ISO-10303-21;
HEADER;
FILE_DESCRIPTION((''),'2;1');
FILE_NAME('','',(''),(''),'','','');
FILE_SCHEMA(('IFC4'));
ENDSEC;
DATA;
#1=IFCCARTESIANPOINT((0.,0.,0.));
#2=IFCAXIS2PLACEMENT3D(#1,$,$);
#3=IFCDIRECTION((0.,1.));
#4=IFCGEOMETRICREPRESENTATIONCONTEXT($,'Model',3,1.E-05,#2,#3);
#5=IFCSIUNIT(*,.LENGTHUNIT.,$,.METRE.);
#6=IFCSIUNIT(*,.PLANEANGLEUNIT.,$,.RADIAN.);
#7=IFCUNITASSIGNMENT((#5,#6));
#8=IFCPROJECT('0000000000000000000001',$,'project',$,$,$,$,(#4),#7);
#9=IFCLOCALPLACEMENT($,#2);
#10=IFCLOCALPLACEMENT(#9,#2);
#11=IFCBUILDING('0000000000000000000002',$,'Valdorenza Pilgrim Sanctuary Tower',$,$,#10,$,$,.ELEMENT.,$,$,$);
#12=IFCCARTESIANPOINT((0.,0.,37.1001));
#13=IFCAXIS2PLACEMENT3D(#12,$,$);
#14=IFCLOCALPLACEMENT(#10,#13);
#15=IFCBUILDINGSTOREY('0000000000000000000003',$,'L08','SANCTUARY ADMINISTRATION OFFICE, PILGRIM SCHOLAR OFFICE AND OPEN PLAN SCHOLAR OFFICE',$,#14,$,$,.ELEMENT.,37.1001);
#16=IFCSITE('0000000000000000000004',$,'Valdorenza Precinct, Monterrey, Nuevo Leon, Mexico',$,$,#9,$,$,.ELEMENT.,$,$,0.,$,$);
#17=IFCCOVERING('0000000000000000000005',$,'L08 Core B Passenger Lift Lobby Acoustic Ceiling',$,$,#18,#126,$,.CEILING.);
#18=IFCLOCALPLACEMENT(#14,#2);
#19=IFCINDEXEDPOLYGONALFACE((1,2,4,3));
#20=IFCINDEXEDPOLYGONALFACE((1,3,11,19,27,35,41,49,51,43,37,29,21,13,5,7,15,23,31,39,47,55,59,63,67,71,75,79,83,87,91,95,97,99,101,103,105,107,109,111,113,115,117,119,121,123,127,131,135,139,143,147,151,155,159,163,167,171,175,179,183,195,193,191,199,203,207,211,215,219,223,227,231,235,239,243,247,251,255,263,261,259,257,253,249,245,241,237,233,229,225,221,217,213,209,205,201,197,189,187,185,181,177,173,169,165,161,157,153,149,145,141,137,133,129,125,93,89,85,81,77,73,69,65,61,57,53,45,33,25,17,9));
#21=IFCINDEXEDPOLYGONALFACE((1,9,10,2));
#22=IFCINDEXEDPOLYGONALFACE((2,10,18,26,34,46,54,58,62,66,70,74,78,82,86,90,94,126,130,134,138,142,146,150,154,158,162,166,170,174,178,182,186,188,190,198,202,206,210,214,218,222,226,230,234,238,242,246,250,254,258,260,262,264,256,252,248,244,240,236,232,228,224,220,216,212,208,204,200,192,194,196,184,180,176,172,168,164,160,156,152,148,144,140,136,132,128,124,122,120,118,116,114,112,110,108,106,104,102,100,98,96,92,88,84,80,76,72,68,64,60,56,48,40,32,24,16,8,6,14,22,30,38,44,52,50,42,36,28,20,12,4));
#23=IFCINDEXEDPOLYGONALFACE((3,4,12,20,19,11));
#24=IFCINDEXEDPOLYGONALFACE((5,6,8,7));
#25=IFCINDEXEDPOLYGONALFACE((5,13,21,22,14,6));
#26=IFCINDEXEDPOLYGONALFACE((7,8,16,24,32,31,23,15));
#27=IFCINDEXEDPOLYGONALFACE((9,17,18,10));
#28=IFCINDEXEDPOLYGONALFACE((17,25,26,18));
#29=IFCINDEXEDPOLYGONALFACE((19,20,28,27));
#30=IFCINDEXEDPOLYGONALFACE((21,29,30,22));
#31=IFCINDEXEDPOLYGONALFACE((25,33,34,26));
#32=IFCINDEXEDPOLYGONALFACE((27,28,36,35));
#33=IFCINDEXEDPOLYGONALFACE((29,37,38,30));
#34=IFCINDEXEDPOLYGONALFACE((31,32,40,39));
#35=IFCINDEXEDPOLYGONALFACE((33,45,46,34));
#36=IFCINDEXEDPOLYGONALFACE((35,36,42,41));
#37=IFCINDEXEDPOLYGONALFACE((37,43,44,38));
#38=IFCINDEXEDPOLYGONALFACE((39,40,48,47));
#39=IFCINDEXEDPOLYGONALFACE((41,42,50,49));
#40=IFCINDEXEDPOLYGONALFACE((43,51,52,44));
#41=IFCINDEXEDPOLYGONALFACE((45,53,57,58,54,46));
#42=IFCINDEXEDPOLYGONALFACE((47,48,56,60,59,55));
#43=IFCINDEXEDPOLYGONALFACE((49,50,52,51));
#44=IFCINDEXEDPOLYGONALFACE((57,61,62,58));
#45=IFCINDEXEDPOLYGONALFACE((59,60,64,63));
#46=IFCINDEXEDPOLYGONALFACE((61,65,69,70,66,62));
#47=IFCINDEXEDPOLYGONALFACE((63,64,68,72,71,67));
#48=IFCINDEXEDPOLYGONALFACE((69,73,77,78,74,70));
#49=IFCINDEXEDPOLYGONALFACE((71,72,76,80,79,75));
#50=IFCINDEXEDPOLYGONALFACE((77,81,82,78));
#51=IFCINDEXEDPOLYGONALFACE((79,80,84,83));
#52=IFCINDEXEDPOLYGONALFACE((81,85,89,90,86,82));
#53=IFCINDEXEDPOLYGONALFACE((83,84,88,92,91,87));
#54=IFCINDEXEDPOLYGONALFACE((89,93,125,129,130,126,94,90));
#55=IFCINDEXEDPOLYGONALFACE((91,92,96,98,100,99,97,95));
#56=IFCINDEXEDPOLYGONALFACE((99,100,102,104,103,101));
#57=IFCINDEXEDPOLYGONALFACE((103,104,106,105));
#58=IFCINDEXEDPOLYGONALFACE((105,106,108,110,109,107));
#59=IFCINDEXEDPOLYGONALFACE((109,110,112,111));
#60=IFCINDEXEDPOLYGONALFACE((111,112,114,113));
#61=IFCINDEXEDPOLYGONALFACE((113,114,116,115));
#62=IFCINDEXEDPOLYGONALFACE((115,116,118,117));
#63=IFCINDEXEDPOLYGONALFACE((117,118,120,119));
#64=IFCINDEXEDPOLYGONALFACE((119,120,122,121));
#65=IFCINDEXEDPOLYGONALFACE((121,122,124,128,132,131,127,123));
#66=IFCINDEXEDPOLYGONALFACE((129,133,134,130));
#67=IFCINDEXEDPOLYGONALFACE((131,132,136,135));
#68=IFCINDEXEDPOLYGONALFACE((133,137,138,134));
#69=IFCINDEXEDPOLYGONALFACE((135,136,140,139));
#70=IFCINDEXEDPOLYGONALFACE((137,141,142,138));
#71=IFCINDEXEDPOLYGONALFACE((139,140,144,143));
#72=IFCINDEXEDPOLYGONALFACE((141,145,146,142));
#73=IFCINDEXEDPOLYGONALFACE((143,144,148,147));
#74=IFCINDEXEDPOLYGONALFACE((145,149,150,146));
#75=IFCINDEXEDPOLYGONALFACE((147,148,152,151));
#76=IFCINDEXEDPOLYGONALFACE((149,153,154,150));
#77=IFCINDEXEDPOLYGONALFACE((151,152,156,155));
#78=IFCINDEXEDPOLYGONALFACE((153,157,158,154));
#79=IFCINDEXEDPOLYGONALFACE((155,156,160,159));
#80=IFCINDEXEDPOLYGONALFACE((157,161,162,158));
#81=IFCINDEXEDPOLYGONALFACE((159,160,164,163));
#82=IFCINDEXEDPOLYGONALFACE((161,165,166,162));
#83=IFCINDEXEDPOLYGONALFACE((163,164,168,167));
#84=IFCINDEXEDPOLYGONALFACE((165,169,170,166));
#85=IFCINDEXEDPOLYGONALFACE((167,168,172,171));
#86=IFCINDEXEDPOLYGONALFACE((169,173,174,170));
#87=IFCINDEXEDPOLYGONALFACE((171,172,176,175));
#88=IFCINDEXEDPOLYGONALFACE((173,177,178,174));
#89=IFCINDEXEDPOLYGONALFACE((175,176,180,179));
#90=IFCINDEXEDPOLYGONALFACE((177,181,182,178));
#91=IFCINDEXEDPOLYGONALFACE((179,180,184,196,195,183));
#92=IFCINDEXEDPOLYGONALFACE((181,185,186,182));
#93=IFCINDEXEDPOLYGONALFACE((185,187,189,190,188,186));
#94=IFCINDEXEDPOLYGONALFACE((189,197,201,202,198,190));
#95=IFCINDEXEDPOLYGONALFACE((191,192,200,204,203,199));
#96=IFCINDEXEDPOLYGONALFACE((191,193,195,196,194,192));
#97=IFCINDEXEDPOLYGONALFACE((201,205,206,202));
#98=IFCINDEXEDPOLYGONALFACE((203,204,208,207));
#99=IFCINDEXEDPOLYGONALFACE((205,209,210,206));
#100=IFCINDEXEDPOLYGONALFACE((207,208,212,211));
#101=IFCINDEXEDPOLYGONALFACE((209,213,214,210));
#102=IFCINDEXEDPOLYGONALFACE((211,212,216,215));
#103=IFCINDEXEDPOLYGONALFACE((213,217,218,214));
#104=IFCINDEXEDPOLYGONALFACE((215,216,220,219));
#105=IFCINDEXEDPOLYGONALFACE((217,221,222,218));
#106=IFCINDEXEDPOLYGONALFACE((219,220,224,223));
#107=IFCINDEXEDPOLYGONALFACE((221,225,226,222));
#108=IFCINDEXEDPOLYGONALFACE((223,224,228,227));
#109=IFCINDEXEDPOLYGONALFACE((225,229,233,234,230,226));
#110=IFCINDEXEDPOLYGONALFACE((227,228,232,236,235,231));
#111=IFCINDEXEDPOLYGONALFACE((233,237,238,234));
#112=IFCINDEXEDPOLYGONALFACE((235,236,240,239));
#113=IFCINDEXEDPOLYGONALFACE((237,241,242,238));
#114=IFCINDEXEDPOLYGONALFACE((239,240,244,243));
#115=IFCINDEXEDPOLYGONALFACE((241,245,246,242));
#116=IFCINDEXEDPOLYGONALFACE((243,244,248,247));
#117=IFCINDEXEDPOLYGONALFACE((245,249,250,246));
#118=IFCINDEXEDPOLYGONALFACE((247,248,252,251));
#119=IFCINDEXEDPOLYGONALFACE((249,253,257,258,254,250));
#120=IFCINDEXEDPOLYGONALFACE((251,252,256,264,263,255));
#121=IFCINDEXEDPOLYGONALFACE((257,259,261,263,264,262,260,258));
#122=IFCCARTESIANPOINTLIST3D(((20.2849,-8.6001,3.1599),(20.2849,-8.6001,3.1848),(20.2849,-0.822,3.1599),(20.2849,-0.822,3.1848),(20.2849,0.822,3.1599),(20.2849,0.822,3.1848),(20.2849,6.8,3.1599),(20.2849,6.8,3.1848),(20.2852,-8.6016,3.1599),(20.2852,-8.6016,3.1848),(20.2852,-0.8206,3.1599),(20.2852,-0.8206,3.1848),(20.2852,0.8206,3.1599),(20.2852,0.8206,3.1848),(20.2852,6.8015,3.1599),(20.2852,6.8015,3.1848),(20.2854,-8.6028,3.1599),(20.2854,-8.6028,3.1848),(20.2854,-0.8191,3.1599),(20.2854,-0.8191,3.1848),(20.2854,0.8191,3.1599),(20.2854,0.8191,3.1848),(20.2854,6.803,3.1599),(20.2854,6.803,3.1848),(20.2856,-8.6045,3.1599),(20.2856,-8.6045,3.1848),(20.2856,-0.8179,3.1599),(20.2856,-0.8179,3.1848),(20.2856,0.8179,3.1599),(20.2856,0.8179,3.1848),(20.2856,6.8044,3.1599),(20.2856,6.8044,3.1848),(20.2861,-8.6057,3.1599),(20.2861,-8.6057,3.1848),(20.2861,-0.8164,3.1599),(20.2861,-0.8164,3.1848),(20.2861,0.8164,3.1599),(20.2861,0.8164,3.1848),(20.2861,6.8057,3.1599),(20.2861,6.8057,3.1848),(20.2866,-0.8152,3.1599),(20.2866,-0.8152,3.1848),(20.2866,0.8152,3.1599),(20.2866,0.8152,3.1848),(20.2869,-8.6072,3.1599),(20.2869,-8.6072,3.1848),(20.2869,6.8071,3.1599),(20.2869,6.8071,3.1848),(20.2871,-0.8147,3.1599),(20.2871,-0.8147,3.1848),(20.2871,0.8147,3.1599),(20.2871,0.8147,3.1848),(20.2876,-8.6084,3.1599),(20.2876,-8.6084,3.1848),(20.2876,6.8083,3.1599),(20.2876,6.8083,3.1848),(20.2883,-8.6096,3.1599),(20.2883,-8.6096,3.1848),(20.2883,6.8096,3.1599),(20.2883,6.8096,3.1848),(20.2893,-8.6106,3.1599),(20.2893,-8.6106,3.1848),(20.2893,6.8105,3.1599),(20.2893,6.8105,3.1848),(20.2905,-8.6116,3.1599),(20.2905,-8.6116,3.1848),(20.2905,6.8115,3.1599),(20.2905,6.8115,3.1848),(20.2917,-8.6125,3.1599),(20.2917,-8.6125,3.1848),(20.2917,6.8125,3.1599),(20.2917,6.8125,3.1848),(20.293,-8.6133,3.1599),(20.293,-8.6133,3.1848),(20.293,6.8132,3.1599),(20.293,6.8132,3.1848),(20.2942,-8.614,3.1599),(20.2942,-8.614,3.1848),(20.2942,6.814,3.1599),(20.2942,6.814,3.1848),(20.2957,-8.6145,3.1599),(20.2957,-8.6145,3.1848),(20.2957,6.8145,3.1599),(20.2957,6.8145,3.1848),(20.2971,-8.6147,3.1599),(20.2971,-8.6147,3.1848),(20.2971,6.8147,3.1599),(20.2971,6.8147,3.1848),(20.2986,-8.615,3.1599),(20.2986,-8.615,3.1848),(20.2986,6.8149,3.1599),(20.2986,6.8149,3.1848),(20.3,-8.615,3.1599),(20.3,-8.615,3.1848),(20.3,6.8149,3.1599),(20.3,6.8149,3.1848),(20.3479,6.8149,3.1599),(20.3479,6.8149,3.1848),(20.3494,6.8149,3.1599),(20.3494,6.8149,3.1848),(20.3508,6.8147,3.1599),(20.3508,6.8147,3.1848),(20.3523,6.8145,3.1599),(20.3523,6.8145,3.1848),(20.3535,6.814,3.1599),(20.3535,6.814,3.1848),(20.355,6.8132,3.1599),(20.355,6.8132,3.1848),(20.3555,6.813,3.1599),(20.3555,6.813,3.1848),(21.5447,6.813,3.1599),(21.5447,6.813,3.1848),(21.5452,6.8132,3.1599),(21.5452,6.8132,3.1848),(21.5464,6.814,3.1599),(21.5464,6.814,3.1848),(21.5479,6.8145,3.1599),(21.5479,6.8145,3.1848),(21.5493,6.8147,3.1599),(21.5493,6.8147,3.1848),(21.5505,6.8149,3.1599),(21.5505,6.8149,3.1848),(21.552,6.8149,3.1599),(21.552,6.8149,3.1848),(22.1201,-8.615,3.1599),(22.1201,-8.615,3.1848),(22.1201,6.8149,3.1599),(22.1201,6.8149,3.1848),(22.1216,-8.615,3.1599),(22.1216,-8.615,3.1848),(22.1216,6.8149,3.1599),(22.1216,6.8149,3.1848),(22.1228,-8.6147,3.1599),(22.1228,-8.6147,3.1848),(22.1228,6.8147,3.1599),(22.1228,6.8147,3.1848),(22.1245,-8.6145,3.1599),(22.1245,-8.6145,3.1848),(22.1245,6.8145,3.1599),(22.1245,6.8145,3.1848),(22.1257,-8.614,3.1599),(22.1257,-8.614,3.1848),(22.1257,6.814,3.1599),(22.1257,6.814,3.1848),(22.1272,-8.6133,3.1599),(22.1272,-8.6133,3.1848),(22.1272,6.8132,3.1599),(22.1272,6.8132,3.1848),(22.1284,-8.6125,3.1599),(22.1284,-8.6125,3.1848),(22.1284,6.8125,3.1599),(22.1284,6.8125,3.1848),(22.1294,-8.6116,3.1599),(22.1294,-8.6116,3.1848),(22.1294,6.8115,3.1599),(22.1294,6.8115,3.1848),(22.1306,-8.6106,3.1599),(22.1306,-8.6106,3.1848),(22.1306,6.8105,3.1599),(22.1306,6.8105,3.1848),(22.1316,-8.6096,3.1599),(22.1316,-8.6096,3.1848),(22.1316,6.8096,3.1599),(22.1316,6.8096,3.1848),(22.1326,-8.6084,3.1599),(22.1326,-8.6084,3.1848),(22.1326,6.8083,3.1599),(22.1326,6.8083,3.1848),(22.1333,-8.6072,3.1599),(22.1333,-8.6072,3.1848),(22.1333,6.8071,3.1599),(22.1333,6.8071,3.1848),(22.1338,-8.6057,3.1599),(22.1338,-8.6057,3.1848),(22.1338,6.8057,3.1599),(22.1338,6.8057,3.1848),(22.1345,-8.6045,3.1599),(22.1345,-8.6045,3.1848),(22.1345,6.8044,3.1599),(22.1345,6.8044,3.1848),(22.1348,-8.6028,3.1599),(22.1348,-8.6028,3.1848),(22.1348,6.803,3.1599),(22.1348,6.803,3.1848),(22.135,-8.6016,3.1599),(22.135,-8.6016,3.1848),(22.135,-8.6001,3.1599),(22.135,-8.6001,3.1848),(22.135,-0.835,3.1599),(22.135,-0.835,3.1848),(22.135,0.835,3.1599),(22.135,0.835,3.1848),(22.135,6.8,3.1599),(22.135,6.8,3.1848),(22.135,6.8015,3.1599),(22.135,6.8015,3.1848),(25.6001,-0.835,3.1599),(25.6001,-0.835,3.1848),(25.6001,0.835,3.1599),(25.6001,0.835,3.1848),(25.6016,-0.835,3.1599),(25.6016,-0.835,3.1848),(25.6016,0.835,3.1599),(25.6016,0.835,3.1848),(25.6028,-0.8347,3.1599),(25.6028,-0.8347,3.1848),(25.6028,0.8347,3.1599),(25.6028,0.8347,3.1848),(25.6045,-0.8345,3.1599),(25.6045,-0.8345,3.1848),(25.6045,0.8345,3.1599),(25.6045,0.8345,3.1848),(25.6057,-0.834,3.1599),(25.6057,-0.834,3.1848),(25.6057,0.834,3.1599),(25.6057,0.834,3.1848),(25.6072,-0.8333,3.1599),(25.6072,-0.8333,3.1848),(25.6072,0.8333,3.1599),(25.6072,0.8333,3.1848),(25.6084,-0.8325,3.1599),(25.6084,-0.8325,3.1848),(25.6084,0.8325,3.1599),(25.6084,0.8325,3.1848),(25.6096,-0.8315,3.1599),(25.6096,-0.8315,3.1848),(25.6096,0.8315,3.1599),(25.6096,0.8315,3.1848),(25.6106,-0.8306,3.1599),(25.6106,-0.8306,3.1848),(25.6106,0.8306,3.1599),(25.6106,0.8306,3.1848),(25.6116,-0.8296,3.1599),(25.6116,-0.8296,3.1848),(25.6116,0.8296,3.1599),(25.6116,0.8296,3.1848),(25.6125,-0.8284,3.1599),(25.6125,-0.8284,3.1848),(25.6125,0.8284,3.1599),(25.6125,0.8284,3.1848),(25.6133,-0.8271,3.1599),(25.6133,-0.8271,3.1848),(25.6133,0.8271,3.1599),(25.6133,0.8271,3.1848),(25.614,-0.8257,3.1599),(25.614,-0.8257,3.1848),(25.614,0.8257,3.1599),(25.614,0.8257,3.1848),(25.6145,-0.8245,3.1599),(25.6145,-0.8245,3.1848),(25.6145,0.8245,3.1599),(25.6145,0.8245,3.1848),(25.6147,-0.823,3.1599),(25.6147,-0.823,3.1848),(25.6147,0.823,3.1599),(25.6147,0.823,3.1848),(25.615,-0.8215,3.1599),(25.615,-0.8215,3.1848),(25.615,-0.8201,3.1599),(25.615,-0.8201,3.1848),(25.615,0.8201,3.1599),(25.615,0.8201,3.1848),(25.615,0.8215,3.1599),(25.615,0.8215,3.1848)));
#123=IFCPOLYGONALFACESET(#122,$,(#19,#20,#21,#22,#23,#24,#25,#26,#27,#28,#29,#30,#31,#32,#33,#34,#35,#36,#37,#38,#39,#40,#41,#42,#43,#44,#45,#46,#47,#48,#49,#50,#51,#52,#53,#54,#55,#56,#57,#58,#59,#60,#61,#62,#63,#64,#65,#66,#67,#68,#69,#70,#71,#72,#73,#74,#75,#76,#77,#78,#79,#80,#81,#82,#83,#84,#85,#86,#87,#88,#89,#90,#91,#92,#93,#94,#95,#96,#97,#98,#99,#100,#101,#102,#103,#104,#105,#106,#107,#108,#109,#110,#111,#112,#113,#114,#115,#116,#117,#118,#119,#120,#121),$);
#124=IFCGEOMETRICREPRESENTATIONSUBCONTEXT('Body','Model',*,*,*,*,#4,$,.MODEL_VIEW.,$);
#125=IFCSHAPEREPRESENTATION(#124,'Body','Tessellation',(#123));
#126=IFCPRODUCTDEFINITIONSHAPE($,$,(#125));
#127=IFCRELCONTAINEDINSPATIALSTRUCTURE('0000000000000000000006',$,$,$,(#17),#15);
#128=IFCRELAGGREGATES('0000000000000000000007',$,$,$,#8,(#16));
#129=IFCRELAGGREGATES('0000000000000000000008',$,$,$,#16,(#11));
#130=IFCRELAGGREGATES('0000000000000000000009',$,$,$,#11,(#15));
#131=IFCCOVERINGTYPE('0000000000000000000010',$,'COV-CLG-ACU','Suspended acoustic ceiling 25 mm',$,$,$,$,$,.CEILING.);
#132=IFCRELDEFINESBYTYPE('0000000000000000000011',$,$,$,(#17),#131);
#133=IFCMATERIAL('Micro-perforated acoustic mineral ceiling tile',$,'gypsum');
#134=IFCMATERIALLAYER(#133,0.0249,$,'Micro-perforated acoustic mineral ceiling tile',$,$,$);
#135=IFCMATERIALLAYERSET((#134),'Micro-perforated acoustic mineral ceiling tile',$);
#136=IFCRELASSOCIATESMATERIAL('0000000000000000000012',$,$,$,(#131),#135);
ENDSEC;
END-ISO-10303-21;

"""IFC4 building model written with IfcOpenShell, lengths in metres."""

from ifc_helpers import new_model, si_unit, direction, frame, origin, place, context, subcontext, project, spatial, polyline, outline, extrude, material, layer, layer_set, type_object, element, save


model = new_model("IFC4")

# Units and contexts
model_context = context("Model", 3, precision=1e-05, world=origin(), true_north=direction((0.0, 1.0)))
body_context = subcontext(model_context, "Body", "Model", "MODEL_VIEW")
ifc_project = project(units=[si_unit("LENGTHUNIT", "METRE"), si_unit("PLANEANGLEUNIT", "RADIAN")], contexts=[model_context])

# Site, building, storey
site_placement = place(None, origin())
site = spatial("IfcSite", under=ifc_project, at=site_placement, Name="Valdorenza Precinct, Monterrey, Nuevo Leon, Mexico", CompositionType="ELEMENT", RefElevation=0.0)
building_placement = place(site_placement, origin())
building = spatial("IfcBuilding", under=site, at=building_placement, Name="Valdorenza Pilgrim Sanctuary Tower", CompositionType="ELEMENT")
storey_placement = place(building_placement, frame((0.0, 0.0, 37.1001)))
storey = spatial("IfcBuildingStorey", under=building, at=storey_placement, Name="L08", Description="SANCTUARY ADMINISTRATION OFFICE, PILGRIM SCHOLAR OFFICE AND OPEN PLAN SCHOLAR OFFICE", CompositionType="ELEMENT", Elevation=37.1001)

# Covering
ifc_material_1 = material(Name="Micro-perforated acoustic mineral ceiling tile", Category="gypsum")
ifc_layer_1 = layer(ifc_material_1, 0.0249, Name="Micro-perforated acoustic mineral ceiling tile")
ifc_layer_set_1 = layer_set([ifc_layer_1], Name="Micro-perforated acoustic mineral ceiling tile")
covering_type_1 = type_object("IfcCoveringType", Name="COV-CLG-ACU", Description="Suspended acoustic ceiling 25 mm", PredefinedType="CEILING", material=ifc_layer_set_1)
covering_1_placement = place(storey_placement, frame((0.0, 0.0, 3.1599)))
element("IfcCovering", 1, at=covering_1_placement, inside=storey, type_object=covering_type_1, Name="L08 Core B Passenger Lift Lobby Acoustic Ceiling", PredefinedType="CEILING", context=body_context, shape_type="SweptSolid", body=[
    extrude(outline(polyline([(20.2871, -0.8147), (20.2871, 0.8147), (20.2866, 0.8152), (20.2861, 0.8164), (20.2856, 0.8179), (20.2854, 0.8191), (20.2852, 0.8206), (20.2849, 0.822), (20.2849, 6.8), (20.2852, 6.8015), (20.2854, 6.803), (20.2856, 6.8044), (20.2861, 6.8057), (20.2869, 6.8071), (20.2876, 6.8083), (20.2883, 6.8096), (20.2893, 6.8105), (20.2905, 6.8115), (20.2917, 6.8125), (20.293, 6.8132), (20.2942, 6.814), (20.2957, 6.8145), (20.2971, 6.8147), (20.2986, 6.8149), (20.3, 6.8149), (20.3479, 6.8149), (20.3494, 6.8149), (20.3508, 6.8147), (20.3523, 6.8145), (20.3535, 6.814), (20.355, 6.8132), (20.3555, 6.813), (21.5447, 6.813), (21.5452, 6.8132), (21.5464, 6.814), (21.5479, 6.8145), (21.5493, 6.8147), (21.5505, 6.8149), (21.552, 6.8149), (22.1201, 6.8149), (22.1216, 6.8149), (22.1228, 6.8147), (22.1245, 6.8145), (22.1257, 6.814), (22.1272, 6.8132), (22.1284, 6.8125), (22.1294, 6.8115), (22.1306, 6.8105), (22.1316, 6.8096), (22.1326, 6.8083), (22.1333, 6.8071), (22.1338, 6.8057), (22.1345, 6.8044), (22.1348, 6.803), (22.135, 6.8015), (22.135, 6.8), (22.135, 0.835), (25.6001, 0.835), (25.6016, 0.835), (25.6028, 0.8347), (25.6045, 0.8345), (25.6057, 0.834), (25.6072, 0.8333), (25.6084, 0.8325), (25.6096, 0.8315), (25.6106, 0.8306), (25.6116, 0.8296), (25.6125, 0.8284), (25.6133, 0.8271), (25.614, 0.8257), (25.6145, 0.8245), (25.6147, 0.823), (25.615, 0.8215), (25.615, 0.8201), (25.615, -0.8201), (25.615, -0.8215), (25.6147, -0.823), (25.6145, -0.8245), (25.614, -0.8257), (25.6133, -0.8271), (25.6125, -0.8284), (25.6116, -0.8296), (25.6106, -0.8306), (25.6096, -0.8315), (25.6084, -0.8325), (25.6072, -0.8333), (25.6057, -0.834), (25.6045, -0.8345), (25.6028, -0.8347), (25.6016, -0.835), (25.6001, -0.835), (22.135, -0.835), (22.135, -8.6001), (22.135, -8.6016), (22.1348, -8.6028), (22.1345, -8.6045), (22.1338, -8.6057), (22.1333, -8.6072), (22.1326, -8.6084), (22.1316, -8.6096), (22.1306, -8.6106), (22.1294, -8.6116), (22.1284, -8.6125), (22.1272, -8.6133), (22.1257, -8.614), (22.1245, -8.6145), (22.1228, -8.6147), (22.1216, -8.615), (22.1201, -8.615), (20.3, -8.615), (20.2986, -8.615), (20.2971, -8.6147), (20.2957, -8.6145), (20.2942, -8.614), (20.293, -8.6133), (20.2917, -8.6125), (20.2905, -8.6116), (20.2893, -8.6106), (20.2883, -8.6096), (20.2876, -8.6084), (20.2869, -8.6072), (20.2861, -8.6057), (20.2856, -8.6045), (20.2854, -8.6028), (20.2852, -8.6016), (20.2849, -8.6001), (20.2849, -0.822), (20.2852, -0.8206), (20.2854, -0.8191), (20.2856, -0.8179), (20.2861, -0.8164), (20.2866, -0.8152), (20.2871, -0.8147)])), origin(), (0.0, 0.0, 1.0), 0.0249),
])

save(model, "model.ifc")
